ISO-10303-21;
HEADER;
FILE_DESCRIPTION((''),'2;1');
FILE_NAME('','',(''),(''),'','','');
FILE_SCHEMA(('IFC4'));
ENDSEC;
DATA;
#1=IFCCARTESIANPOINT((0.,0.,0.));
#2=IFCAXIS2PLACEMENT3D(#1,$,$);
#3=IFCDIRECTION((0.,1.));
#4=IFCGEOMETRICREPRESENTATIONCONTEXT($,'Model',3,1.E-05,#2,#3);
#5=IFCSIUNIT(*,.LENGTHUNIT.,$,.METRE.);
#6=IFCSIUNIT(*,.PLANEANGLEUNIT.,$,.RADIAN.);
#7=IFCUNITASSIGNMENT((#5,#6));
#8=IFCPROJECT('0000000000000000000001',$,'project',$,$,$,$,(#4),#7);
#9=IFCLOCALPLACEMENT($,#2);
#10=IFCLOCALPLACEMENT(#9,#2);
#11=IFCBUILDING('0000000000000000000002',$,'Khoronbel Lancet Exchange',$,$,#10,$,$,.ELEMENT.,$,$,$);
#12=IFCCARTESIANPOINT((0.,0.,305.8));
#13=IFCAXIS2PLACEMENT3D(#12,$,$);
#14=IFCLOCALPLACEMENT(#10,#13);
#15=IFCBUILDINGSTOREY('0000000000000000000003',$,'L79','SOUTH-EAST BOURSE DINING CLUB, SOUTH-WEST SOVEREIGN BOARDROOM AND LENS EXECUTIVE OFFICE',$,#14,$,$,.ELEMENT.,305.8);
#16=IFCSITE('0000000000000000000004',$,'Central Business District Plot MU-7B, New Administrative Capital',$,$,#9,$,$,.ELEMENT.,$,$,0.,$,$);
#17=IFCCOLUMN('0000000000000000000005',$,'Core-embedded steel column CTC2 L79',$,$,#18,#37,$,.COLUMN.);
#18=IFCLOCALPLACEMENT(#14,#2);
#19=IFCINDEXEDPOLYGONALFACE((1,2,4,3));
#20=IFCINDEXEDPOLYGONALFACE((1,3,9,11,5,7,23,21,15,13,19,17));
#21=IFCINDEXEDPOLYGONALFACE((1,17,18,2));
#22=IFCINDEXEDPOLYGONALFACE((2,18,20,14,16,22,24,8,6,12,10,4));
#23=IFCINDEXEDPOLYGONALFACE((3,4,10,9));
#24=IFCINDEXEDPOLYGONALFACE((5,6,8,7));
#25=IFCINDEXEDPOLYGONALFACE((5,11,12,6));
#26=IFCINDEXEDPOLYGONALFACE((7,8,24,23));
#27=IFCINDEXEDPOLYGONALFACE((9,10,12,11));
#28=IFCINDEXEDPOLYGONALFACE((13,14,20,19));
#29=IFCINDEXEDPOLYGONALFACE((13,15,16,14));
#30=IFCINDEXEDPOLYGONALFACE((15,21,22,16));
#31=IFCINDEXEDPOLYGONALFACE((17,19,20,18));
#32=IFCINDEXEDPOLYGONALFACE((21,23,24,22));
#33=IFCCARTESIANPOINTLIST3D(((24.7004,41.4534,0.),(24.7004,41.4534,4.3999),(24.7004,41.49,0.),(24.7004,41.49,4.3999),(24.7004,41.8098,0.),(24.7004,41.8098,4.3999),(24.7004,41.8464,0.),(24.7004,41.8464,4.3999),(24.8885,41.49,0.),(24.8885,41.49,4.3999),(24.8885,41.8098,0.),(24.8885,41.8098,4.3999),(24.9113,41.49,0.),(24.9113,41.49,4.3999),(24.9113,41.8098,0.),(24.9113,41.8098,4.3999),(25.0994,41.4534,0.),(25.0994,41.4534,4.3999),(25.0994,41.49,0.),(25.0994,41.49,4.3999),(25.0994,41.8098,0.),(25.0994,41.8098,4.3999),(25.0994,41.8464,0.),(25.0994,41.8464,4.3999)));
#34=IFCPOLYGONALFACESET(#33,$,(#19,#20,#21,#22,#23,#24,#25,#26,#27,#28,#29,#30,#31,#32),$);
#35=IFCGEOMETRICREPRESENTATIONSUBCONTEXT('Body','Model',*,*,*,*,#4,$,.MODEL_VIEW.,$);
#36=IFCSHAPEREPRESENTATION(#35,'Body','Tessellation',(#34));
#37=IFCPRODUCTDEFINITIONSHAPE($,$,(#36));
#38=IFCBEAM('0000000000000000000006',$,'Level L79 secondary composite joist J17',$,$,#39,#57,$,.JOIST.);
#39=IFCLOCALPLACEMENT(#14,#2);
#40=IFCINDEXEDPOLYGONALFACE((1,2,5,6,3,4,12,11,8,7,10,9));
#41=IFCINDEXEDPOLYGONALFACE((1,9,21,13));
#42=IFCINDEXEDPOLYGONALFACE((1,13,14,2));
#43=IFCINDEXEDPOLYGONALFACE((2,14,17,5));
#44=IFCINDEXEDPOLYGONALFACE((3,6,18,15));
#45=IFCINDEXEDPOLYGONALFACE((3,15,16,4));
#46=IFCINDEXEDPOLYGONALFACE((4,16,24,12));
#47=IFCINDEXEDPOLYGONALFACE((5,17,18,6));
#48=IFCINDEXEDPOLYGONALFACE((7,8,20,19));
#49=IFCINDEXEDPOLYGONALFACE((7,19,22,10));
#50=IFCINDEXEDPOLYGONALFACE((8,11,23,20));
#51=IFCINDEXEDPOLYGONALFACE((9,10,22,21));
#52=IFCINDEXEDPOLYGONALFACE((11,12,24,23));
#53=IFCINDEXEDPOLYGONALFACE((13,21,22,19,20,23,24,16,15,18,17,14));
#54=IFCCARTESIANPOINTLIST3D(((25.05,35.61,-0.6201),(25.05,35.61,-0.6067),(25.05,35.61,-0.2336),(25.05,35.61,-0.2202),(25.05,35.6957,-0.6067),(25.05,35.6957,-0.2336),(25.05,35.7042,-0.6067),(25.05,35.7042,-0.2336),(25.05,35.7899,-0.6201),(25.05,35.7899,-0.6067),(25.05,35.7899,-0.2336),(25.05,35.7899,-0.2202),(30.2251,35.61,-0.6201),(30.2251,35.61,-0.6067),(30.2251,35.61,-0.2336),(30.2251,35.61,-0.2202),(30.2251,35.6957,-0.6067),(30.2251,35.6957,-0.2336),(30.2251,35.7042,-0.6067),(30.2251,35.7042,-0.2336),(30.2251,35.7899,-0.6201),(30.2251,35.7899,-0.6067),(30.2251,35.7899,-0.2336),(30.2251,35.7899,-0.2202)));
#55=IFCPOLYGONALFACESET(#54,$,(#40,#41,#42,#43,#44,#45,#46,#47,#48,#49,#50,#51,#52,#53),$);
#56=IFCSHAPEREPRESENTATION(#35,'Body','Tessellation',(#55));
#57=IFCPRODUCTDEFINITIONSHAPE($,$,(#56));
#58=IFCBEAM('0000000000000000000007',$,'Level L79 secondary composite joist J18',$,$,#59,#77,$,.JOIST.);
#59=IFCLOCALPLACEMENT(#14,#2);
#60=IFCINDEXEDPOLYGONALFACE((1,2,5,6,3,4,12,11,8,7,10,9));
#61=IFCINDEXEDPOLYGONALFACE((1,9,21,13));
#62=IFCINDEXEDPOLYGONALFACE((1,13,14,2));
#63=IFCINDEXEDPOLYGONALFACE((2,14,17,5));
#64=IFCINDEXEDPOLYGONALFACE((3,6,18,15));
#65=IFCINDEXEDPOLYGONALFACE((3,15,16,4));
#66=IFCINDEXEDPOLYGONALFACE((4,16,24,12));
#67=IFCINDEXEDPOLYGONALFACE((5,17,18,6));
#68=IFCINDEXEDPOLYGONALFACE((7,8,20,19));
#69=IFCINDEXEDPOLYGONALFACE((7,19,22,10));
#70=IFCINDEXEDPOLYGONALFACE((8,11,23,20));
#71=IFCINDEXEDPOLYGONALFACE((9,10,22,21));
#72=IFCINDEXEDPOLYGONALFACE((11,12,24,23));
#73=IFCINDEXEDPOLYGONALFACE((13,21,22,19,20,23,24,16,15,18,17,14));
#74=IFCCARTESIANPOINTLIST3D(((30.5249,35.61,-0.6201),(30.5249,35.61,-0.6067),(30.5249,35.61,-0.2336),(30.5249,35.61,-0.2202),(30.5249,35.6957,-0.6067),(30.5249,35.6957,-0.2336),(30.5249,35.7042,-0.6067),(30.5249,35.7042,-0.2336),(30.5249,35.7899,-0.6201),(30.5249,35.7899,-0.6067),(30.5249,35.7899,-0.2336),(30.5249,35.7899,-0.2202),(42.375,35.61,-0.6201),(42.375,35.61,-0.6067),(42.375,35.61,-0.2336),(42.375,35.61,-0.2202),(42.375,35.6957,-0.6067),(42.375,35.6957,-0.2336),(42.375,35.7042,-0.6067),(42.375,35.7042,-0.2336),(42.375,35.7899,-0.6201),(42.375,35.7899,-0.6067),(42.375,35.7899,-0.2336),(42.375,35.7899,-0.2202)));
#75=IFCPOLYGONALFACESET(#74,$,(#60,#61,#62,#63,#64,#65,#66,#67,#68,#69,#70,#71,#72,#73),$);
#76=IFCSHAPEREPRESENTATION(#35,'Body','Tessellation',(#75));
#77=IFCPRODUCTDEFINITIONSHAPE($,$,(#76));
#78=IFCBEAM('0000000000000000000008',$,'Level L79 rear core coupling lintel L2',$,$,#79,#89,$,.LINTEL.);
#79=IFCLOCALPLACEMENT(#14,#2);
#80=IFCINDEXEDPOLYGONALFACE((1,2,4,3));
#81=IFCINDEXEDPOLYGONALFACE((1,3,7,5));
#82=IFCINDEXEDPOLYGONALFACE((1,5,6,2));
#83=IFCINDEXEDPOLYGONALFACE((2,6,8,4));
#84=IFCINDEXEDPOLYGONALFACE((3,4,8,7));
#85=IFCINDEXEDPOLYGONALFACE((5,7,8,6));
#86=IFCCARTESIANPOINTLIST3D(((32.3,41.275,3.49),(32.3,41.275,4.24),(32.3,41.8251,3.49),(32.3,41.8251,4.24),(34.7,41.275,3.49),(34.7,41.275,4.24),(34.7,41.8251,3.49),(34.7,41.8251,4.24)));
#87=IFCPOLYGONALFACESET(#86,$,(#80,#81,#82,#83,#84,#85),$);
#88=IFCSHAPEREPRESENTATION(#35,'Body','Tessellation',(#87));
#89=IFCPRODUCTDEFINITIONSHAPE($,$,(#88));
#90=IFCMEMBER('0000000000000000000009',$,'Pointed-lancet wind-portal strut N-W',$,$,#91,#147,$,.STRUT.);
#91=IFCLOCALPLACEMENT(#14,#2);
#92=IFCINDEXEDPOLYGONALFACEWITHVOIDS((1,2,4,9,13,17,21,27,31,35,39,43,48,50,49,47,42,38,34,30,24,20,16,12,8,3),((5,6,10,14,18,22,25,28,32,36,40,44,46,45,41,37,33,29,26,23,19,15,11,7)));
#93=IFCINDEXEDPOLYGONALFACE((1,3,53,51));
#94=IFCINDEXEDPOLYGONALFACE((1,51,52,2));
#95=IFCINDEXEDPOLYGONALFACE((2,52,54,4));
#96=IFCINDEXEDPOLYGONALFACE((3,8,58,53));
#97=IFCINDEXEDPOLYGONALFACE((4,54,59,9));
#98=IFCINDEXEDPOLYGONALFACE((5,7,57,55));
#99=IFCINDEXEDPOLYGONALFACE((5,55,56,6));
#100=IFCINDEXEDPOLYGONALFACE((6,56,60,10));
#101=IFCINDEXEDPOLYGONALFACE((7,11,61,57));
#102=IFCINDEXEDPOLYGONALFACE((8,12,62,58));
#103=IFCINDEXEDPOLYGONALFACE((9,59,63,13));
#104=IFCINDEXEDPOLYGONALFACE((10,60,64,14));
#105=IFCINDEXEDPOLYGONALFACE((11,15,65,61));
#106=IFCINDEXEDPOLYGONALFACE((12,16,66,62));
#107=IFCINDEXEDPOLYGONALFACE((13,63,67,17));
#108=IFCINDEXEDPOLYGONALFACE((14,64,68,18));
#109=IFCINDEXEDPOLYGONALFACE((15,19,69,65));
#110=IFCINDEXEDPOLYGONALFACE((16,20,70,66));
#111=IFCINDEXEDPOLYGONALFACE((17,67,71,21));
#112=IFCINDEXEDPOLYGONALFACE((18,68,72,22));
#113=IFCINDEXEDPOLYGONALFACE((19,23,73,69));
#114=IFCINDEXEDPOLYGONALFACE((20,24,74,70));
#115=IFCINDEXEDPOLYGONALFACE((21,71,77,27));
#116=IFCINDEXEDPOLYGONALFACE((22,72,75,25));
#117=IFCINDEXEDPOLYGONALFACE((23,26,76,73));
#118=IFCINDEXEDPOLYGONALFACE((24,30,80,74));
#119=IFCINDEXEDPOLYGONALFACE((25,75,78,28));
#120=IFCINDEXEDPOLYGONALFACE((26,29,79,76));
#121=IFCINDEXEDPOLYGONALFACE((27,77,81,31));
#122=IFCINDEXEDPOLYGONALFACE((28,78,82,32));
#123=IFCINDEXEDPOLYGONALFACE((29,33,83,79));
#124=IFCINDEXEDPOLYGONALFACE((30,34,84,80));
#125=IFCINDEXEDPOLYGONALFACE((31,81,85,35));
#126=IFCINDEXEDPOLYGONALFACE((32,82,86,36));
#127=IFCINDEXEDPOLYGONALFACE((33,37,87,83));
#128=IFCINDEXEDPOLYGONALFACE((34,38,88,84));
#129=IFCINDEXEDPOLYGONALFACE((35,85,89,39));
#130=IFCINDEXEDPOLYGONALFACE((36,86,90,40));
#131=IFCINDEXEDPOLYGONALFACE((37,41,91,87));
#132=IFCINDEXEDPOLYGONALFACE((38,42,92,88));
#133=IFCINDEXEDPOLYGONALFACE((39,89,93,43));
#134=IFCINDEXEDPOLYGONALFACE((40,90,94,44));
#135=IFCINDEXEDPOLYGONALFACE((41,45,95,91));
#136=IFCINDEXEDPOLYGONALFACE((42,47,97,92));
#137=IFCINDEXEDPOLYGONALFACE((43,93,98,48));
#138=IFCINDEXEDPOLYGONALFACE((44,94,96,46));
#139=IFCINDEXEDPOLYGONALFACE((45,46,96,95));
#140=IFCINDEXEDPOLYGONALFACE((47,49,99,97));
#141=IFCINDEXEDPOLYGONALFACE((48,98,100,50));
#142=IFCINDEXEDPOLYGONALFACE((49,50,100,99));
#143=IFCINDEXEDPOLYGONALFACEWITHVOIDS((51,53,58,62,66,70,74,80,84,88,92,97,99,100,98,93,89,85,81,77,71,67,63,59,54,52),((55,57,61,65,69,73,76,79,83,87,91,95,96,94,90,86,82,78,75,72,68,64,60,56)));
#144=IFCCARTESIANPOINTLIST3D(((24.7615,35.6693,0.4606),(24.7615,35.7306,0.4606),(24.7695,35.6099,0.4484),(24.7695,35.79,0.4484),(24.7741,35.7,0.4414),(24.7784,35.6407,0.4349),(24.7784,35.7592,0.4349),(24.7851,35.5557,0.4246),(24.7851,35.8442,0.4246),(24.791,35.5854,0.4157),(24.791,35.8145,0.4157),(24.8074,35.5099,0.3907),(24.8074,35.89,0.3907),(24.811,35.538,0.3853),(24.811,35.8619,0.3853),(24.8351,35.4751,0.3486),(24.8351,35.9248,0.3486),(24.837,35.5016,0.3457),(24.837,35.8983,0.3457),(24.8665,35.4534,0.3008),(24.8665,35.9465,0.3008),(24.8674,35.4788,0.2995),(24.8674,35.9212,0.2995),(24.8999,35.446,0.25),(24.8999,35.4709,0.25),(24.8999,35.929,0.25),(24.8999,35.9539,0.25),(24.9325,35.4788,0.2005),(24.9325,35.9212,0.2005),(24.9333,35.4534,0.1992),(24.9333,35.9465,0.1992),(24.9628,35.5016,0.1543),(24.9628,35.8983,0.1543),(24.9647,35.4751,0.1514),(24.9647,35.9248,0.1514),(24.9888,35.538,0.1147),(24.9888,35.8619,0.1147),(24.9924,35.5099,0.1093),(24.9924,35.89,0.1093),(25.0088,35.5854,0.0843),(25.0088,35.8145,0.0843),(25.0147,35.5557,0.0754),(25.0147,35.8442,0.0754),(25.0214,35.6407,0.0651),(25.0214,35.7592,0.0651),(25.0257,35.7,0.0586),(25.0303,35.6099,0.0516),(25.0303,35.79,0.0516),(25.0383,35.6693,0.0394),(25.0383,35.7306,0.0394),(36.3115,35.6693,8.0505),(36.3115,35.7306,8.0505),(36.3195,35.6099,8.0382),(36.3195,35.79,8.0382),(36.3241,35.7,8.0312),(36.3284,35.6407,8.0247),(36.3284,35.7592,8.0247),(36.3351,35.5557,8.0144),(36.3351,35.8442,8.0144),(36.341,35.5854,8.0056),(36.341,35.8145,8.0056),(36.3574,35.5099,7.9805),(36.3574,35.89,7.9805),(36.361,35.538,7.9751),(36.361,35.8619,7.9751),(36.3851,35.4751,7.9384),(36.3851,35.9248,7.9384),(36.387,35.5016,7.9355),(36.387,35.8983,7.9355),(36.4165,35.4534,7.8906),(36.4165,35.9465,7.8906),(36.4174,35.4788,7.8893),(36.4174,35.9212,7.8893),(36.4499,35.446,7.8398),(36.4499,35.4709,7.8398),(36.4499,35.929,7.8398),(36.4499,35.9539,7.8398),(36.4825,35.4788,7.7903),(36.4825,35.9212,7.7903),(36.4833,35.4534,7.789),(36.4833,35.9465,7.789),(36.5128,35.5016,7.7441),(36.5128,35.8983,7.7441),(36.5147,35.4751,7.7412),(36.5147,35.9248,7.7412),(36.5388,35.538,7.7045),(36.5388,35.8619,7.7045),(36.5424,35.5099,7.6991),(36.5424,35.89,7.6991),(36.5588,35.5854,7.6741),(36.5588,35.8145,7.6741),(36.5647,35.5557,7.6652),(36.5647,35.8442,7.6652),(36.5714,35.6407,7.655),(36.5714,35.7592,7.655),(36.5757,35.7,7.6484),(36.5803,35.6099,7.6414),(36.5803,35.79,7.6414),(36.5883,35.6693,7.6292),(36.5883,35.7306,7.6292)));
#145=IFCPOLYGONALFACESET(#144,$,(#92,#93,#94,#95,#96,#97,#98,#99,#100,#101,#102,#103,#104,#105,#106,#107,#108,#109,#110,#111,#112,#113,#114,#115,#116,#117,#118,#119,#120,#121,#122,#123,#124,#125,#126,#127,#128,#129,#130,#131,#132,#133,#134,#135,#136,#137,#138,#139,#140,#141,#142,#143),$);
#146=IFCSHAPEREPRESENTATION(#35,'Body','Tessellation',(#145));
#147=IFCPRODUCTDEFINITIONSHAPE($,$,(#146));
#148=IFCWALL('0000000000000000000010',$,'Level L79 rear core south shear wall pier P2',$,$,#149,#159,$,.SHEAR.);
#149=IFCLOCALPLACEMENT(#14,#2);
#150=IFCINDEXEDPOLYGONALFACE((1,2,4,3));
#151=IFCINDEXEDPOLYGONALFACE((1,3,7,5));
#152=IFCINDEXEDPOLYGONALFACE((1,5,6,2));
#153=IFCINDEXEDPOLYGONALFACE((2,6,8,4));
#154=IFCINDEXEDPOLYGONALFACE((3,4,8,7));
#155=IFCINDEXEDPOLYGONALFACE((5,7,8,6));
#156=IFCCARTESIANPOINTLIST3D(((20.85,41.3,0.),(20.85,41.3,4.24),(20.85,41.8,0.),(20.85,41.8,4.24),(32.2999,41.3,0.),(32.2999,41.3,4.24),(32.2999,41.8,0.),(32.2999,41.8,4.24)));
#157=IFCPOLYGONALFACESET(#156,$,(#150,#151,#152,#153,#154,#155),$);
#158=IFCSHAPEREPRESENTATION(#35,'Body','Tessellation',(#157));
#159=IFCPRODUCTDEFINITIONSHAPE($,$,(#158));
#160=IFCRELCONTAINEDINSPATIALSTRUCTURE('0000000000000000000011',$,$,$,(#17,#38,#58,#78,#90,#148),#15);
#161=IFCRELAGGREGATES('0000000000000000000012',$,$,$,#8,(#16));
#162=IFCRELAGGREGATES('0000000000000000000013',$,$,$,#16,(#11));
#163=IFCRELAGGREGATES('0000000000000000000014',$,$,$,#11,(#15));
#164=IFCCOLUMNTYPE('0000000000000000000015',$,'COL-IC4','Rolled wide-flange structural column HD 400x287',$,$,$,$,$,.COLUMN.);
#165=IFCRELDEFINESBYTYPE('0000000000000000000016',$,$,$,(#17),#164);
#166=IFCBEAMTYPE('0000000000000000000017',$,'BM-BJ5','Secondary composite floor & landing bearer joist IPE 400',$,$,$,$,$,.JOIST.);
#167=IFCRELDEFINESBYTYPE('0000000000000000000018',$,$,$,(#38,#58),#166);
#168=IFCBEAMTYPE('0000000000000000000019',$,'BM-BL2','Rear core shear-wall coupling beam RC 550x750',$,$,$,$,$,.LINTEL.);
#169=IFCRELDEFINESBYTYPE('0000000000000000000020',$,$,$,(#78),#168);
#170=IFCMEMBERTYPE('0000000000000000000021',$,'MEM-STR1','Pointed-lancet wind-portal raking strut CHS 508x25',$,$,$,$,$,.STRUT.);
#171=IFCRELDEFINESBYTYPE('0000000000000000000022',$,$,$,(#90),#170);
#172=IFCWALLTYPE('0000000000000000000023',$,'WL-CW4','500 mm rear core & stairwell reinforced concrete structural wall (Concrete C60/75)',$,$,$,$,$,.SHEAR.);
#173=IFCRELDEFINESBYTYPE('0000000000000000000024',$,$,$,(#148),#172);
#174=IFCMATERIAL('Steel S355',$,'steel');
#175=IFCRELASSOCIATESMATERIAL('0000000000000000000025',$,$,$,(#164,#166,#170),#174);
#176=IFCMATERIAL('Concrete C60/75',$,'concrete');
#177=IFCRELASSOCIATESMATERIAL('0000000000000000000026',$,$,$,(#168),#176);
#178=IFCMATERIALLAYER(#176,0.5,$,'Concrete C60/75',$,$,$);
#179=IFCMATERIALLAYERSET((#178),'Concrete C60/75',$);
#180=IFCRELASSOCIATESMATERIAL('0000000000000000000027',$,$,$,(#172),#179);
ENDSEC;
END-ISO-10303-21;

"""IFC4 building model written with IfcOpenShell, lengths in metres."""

from ifc_helpers import new_model, si_unit, direction, frame, frame_2d, origin, origin_2d, place, context, subcontext, project, spatial, rectangle, hollow_circle, i_section, extrude, material, layer, layer_set, material_profile, profile_set, type_object, element, save


model = new_model("IFC4")

# Units and contexts
model_context = context("Model", 3, precision=1e-05, world=origin(), true_north=direction((0.0, 1.0)))
body_context = subcontext(model_context, "Body", "Model", "MODEL_VIEW")
ifc_project = project(units=[si_unit("LENGTHUNIT", "METRE"), si_unit("PLANEANGLEUNIT", "RADIAN")], contexts=[model_context])

# Site, building, storey
site_placement = place(None, origin())
site = spatial("IfcSite", under=ifc_project, at=site_placement, Name="Central Business District Plot MU-7B, New Administrative Capital", CompositionType="ELEMENT", RefElevation=0.0)
building_placement = place(site_placement, origin())
building = spatial("IfcBuilding", under=site, at=building_placement, Name="Khoronbel Lancet Exchange", CompositionType="ELEMENT")
storey_placement = place(building_placement, frame((0.0, 0.0, 305.8)))
storey = spatial("IfcBuildingStorey", under=building, at=storey_placement, Name="L79", Description="SOUTH-EAST BOURSE DINING CLUB, SOUTH-WEST SOVEREIGN BOARDROOM AND LENS EXECUTIVE OFFICE", CompositionType="ELEMENT", Elevation=305.8)

# Column
ifc_material_1 = material(Name="Steel S355", Category="steel")
ifc_material_profile_1 = material_profile(ifc_material_1, i_section(OverallWidth=0.3989, OverallDepth=0.3931, WebThickness=0.0227, FlangeThickness=0.0366, at=origin_2d()), Name="HD 400x287")
ifc_profile_set_1 = profile_set([ifc_material_profile_1], Name="Steel S355")
column_type = type_object("IfcColumnType", Name="COL-IC4", Description="Rolled wide-flange structural column HD 400x287", PredefinedType="COLUMN", material=ifc_profile_set_1)
column_placement = place(storey_placement, frame((24.8999, 41.6499, 0.0), z_axis=(0.0, 0.0, 1.0), x_axis=(1.0, 0.0, 0.0)))
element("IfcColumn", 1, at=column_placement, inside=storey, type_object=column_type, Name="Core-embedded steel column CTC2 L79", PredefinedType="COLUMN", context=body_context, shape_type="SweptSolid", body=[
    extrude(i_section(OverallWidth=0.3989, OverallDepth=0.3931, WebThickness=0.0227, FlangeThickness=0.0366, at=origin_2d()), origin(), (0.0, 0.0, 1.0), 4.3999),
])

# Beams
ifc_material_profile_2 = material_profile(ifc_material_1, i_section(OverallWidth=0.1799, OverallDepth=0.3999, WebThickness=0.0085, FlangeThickness=0.0134, at=origin_2d()), Name="IPE 400")
ifc_profile_set_2 = profile_set([ifc_material_profile_2], Name="Steel S355")
beam_type_1 = type_object("IfcBeamType", Name="BM-BJ5", Description="Secondary composite floor & landing bearer joist IPE 400", PredefinedType="JOIST", material=ifc_profile_set_2)
beam_1_placement = place(storey_placement, frame((25.05, 35.7, -0.4202), z_axis=(1.0, 0.0, 0.0), x_axis=(0.0, 1.0, 0.0)))
element("IfcBeam", 2, at=beam_1_placement, inside=storey, type_object=beam_type_1, Name="Level L79 secondary composite joist J17", PredefinedType="JOIST", context=body_context, shape_type="SweptSolid", body=[
    extrude(i_section(OverallWidth=0.1799, OverallDepth=0.3999, WebThickness=0.0085, FlangeThickness=0.0134, at=origin_2d()), origin(), (0.0, 0.0, 1.0), 5.175),
])
beam_2_placement = place(storey_placement, frame((30.5249, 35.7, -0.4202), z_axis=(1.0, 0.0, 0.0), x_axis=(0.0, 1.0, 0.0)))
element("IfcBeam", 3, at=beam_2_placement, inside=storey, type_object=beam_type_1, Name="Level L79 secondary composite joist J18", PredefinedType="JOIST", context=body_context, shape_type="SweptSolid", body=[
    extrude(i_section(OverallWidth=0.1799, OverallDepth=0.3999, WebThickness=0.0085, FlangeThickness=0.0134, at=origin_2d()), origin(), (0.0, 0.0, 1.0), 11.8501),
])
ifc_material_2 = material(Name="Concrete C60/75", Category="concrete")
ifc_material_profile_3 = material_profile(ifc_material_2, rectangle(XDim=0.55, YDim=0.75, at=origin_2d()), Name="RC 550x750")
ifc_profile_set_3 = profile_set([ifc_material_profile_3], Name="Concrete C60/75")
beam_type_2 = type_object("IfcBeamType", Name="BM-BL2", Description="Rear core shear-wall coupling beam RC 550x750", PredefinedType="LINTEL", material=ifc_profile_set_3)
beam_3_placement = place(storey_placement, frame((32.3, 41.55, 3.865), z_axis=(1.0, 0.0, 0.0), x_axis=(0.0, 1.0, 0.0)))
element("IfcBeam", 4, at=beam_3_placement, inside=storey, type_object=beam_type_2, Name="Level L79 rear core coupling lintel L2", PredefinedType="LINTEL", context=body_context, shape_type="SweptSolid", body=[
    extrude(rectangle(XDim=0.55, YDim=0.75, at=origin_2d()), origin(), (0.0, 0.0, 1.0), 2.3999),
])

# Member
ifc_material_profile_4 = material_profile(ifc_material_1, hollow_circle(Radius=0.2539, WallThickness=0.0249, at=origin_2d()), Name="CHS 508x25")
ifc_profile_set_4 = profile_set([ifc_material_profile_4], Name="Steel S355")
member_type = type_object("IfcMemberType", Name="MEM-STR1", Description="Pointed-lancet wind-portal raking strut CHS 508x25", PredefinedType="STRUT", material=ifc_profile_set_4)
member_placement = place(storey_placement, frame((24.8999, 35.7, 0.25), z_axis=(0.835712, 0.0, 0.549168), x_axis=(0.0, 1.0, 0.0)))
element("IfcMember", 5, at=member_placement, inside=storey, type_object=member_type, Name="Pointed-lancet wind-portal strut N-W", PredefinedType="STRUT", context=body_context, shape_type="SweptSolid", body=[
    extrude(hollow_circle(Radius=0.2539, WallThickness=0.0249, at=origin_2d()), origin(), (0.0, 0.0, 1.0), 13.8206),
])

# Wall
ifc_layer_1 = layer(ifc_material_2, 0.5, Name="Concrete C60/75")
ifc_layer_set_1 = layer_set([ifc_layer_1], Name="Concrete C60/75")
wall_type_1 = type_object("IfcWallType", Name="WL-CW4", Description="500 mm rear core & stairwell reinforced concrete structural wall (Concrete C60/75)", PredefinedType="SHEAR", material=ifc_layer_set_1)
wall_1_placement = place(storey_placement, frame((32.3, 41.55, 0.0), z_axis=(0.0, 0.0, 1.0), x_axis=(-1.0, 0.0, 0.0)))
element("IfcWall", 6, at=wall_1_placement, inside=storey, type_object=wall_type_1, Name="Level L79 rear core south shear wall pier P2", PredefinedType="SHEAR", context=body_context, shape_type="SweptSolid", body=[
    extrude(rectangle(XDim=11.45, YDim=0.5, at=frame_2d((5.7251, 0.0))), origin(), (0.0, 0.0, 1.0), 4.24),
])

save(model, "model.ifc")
